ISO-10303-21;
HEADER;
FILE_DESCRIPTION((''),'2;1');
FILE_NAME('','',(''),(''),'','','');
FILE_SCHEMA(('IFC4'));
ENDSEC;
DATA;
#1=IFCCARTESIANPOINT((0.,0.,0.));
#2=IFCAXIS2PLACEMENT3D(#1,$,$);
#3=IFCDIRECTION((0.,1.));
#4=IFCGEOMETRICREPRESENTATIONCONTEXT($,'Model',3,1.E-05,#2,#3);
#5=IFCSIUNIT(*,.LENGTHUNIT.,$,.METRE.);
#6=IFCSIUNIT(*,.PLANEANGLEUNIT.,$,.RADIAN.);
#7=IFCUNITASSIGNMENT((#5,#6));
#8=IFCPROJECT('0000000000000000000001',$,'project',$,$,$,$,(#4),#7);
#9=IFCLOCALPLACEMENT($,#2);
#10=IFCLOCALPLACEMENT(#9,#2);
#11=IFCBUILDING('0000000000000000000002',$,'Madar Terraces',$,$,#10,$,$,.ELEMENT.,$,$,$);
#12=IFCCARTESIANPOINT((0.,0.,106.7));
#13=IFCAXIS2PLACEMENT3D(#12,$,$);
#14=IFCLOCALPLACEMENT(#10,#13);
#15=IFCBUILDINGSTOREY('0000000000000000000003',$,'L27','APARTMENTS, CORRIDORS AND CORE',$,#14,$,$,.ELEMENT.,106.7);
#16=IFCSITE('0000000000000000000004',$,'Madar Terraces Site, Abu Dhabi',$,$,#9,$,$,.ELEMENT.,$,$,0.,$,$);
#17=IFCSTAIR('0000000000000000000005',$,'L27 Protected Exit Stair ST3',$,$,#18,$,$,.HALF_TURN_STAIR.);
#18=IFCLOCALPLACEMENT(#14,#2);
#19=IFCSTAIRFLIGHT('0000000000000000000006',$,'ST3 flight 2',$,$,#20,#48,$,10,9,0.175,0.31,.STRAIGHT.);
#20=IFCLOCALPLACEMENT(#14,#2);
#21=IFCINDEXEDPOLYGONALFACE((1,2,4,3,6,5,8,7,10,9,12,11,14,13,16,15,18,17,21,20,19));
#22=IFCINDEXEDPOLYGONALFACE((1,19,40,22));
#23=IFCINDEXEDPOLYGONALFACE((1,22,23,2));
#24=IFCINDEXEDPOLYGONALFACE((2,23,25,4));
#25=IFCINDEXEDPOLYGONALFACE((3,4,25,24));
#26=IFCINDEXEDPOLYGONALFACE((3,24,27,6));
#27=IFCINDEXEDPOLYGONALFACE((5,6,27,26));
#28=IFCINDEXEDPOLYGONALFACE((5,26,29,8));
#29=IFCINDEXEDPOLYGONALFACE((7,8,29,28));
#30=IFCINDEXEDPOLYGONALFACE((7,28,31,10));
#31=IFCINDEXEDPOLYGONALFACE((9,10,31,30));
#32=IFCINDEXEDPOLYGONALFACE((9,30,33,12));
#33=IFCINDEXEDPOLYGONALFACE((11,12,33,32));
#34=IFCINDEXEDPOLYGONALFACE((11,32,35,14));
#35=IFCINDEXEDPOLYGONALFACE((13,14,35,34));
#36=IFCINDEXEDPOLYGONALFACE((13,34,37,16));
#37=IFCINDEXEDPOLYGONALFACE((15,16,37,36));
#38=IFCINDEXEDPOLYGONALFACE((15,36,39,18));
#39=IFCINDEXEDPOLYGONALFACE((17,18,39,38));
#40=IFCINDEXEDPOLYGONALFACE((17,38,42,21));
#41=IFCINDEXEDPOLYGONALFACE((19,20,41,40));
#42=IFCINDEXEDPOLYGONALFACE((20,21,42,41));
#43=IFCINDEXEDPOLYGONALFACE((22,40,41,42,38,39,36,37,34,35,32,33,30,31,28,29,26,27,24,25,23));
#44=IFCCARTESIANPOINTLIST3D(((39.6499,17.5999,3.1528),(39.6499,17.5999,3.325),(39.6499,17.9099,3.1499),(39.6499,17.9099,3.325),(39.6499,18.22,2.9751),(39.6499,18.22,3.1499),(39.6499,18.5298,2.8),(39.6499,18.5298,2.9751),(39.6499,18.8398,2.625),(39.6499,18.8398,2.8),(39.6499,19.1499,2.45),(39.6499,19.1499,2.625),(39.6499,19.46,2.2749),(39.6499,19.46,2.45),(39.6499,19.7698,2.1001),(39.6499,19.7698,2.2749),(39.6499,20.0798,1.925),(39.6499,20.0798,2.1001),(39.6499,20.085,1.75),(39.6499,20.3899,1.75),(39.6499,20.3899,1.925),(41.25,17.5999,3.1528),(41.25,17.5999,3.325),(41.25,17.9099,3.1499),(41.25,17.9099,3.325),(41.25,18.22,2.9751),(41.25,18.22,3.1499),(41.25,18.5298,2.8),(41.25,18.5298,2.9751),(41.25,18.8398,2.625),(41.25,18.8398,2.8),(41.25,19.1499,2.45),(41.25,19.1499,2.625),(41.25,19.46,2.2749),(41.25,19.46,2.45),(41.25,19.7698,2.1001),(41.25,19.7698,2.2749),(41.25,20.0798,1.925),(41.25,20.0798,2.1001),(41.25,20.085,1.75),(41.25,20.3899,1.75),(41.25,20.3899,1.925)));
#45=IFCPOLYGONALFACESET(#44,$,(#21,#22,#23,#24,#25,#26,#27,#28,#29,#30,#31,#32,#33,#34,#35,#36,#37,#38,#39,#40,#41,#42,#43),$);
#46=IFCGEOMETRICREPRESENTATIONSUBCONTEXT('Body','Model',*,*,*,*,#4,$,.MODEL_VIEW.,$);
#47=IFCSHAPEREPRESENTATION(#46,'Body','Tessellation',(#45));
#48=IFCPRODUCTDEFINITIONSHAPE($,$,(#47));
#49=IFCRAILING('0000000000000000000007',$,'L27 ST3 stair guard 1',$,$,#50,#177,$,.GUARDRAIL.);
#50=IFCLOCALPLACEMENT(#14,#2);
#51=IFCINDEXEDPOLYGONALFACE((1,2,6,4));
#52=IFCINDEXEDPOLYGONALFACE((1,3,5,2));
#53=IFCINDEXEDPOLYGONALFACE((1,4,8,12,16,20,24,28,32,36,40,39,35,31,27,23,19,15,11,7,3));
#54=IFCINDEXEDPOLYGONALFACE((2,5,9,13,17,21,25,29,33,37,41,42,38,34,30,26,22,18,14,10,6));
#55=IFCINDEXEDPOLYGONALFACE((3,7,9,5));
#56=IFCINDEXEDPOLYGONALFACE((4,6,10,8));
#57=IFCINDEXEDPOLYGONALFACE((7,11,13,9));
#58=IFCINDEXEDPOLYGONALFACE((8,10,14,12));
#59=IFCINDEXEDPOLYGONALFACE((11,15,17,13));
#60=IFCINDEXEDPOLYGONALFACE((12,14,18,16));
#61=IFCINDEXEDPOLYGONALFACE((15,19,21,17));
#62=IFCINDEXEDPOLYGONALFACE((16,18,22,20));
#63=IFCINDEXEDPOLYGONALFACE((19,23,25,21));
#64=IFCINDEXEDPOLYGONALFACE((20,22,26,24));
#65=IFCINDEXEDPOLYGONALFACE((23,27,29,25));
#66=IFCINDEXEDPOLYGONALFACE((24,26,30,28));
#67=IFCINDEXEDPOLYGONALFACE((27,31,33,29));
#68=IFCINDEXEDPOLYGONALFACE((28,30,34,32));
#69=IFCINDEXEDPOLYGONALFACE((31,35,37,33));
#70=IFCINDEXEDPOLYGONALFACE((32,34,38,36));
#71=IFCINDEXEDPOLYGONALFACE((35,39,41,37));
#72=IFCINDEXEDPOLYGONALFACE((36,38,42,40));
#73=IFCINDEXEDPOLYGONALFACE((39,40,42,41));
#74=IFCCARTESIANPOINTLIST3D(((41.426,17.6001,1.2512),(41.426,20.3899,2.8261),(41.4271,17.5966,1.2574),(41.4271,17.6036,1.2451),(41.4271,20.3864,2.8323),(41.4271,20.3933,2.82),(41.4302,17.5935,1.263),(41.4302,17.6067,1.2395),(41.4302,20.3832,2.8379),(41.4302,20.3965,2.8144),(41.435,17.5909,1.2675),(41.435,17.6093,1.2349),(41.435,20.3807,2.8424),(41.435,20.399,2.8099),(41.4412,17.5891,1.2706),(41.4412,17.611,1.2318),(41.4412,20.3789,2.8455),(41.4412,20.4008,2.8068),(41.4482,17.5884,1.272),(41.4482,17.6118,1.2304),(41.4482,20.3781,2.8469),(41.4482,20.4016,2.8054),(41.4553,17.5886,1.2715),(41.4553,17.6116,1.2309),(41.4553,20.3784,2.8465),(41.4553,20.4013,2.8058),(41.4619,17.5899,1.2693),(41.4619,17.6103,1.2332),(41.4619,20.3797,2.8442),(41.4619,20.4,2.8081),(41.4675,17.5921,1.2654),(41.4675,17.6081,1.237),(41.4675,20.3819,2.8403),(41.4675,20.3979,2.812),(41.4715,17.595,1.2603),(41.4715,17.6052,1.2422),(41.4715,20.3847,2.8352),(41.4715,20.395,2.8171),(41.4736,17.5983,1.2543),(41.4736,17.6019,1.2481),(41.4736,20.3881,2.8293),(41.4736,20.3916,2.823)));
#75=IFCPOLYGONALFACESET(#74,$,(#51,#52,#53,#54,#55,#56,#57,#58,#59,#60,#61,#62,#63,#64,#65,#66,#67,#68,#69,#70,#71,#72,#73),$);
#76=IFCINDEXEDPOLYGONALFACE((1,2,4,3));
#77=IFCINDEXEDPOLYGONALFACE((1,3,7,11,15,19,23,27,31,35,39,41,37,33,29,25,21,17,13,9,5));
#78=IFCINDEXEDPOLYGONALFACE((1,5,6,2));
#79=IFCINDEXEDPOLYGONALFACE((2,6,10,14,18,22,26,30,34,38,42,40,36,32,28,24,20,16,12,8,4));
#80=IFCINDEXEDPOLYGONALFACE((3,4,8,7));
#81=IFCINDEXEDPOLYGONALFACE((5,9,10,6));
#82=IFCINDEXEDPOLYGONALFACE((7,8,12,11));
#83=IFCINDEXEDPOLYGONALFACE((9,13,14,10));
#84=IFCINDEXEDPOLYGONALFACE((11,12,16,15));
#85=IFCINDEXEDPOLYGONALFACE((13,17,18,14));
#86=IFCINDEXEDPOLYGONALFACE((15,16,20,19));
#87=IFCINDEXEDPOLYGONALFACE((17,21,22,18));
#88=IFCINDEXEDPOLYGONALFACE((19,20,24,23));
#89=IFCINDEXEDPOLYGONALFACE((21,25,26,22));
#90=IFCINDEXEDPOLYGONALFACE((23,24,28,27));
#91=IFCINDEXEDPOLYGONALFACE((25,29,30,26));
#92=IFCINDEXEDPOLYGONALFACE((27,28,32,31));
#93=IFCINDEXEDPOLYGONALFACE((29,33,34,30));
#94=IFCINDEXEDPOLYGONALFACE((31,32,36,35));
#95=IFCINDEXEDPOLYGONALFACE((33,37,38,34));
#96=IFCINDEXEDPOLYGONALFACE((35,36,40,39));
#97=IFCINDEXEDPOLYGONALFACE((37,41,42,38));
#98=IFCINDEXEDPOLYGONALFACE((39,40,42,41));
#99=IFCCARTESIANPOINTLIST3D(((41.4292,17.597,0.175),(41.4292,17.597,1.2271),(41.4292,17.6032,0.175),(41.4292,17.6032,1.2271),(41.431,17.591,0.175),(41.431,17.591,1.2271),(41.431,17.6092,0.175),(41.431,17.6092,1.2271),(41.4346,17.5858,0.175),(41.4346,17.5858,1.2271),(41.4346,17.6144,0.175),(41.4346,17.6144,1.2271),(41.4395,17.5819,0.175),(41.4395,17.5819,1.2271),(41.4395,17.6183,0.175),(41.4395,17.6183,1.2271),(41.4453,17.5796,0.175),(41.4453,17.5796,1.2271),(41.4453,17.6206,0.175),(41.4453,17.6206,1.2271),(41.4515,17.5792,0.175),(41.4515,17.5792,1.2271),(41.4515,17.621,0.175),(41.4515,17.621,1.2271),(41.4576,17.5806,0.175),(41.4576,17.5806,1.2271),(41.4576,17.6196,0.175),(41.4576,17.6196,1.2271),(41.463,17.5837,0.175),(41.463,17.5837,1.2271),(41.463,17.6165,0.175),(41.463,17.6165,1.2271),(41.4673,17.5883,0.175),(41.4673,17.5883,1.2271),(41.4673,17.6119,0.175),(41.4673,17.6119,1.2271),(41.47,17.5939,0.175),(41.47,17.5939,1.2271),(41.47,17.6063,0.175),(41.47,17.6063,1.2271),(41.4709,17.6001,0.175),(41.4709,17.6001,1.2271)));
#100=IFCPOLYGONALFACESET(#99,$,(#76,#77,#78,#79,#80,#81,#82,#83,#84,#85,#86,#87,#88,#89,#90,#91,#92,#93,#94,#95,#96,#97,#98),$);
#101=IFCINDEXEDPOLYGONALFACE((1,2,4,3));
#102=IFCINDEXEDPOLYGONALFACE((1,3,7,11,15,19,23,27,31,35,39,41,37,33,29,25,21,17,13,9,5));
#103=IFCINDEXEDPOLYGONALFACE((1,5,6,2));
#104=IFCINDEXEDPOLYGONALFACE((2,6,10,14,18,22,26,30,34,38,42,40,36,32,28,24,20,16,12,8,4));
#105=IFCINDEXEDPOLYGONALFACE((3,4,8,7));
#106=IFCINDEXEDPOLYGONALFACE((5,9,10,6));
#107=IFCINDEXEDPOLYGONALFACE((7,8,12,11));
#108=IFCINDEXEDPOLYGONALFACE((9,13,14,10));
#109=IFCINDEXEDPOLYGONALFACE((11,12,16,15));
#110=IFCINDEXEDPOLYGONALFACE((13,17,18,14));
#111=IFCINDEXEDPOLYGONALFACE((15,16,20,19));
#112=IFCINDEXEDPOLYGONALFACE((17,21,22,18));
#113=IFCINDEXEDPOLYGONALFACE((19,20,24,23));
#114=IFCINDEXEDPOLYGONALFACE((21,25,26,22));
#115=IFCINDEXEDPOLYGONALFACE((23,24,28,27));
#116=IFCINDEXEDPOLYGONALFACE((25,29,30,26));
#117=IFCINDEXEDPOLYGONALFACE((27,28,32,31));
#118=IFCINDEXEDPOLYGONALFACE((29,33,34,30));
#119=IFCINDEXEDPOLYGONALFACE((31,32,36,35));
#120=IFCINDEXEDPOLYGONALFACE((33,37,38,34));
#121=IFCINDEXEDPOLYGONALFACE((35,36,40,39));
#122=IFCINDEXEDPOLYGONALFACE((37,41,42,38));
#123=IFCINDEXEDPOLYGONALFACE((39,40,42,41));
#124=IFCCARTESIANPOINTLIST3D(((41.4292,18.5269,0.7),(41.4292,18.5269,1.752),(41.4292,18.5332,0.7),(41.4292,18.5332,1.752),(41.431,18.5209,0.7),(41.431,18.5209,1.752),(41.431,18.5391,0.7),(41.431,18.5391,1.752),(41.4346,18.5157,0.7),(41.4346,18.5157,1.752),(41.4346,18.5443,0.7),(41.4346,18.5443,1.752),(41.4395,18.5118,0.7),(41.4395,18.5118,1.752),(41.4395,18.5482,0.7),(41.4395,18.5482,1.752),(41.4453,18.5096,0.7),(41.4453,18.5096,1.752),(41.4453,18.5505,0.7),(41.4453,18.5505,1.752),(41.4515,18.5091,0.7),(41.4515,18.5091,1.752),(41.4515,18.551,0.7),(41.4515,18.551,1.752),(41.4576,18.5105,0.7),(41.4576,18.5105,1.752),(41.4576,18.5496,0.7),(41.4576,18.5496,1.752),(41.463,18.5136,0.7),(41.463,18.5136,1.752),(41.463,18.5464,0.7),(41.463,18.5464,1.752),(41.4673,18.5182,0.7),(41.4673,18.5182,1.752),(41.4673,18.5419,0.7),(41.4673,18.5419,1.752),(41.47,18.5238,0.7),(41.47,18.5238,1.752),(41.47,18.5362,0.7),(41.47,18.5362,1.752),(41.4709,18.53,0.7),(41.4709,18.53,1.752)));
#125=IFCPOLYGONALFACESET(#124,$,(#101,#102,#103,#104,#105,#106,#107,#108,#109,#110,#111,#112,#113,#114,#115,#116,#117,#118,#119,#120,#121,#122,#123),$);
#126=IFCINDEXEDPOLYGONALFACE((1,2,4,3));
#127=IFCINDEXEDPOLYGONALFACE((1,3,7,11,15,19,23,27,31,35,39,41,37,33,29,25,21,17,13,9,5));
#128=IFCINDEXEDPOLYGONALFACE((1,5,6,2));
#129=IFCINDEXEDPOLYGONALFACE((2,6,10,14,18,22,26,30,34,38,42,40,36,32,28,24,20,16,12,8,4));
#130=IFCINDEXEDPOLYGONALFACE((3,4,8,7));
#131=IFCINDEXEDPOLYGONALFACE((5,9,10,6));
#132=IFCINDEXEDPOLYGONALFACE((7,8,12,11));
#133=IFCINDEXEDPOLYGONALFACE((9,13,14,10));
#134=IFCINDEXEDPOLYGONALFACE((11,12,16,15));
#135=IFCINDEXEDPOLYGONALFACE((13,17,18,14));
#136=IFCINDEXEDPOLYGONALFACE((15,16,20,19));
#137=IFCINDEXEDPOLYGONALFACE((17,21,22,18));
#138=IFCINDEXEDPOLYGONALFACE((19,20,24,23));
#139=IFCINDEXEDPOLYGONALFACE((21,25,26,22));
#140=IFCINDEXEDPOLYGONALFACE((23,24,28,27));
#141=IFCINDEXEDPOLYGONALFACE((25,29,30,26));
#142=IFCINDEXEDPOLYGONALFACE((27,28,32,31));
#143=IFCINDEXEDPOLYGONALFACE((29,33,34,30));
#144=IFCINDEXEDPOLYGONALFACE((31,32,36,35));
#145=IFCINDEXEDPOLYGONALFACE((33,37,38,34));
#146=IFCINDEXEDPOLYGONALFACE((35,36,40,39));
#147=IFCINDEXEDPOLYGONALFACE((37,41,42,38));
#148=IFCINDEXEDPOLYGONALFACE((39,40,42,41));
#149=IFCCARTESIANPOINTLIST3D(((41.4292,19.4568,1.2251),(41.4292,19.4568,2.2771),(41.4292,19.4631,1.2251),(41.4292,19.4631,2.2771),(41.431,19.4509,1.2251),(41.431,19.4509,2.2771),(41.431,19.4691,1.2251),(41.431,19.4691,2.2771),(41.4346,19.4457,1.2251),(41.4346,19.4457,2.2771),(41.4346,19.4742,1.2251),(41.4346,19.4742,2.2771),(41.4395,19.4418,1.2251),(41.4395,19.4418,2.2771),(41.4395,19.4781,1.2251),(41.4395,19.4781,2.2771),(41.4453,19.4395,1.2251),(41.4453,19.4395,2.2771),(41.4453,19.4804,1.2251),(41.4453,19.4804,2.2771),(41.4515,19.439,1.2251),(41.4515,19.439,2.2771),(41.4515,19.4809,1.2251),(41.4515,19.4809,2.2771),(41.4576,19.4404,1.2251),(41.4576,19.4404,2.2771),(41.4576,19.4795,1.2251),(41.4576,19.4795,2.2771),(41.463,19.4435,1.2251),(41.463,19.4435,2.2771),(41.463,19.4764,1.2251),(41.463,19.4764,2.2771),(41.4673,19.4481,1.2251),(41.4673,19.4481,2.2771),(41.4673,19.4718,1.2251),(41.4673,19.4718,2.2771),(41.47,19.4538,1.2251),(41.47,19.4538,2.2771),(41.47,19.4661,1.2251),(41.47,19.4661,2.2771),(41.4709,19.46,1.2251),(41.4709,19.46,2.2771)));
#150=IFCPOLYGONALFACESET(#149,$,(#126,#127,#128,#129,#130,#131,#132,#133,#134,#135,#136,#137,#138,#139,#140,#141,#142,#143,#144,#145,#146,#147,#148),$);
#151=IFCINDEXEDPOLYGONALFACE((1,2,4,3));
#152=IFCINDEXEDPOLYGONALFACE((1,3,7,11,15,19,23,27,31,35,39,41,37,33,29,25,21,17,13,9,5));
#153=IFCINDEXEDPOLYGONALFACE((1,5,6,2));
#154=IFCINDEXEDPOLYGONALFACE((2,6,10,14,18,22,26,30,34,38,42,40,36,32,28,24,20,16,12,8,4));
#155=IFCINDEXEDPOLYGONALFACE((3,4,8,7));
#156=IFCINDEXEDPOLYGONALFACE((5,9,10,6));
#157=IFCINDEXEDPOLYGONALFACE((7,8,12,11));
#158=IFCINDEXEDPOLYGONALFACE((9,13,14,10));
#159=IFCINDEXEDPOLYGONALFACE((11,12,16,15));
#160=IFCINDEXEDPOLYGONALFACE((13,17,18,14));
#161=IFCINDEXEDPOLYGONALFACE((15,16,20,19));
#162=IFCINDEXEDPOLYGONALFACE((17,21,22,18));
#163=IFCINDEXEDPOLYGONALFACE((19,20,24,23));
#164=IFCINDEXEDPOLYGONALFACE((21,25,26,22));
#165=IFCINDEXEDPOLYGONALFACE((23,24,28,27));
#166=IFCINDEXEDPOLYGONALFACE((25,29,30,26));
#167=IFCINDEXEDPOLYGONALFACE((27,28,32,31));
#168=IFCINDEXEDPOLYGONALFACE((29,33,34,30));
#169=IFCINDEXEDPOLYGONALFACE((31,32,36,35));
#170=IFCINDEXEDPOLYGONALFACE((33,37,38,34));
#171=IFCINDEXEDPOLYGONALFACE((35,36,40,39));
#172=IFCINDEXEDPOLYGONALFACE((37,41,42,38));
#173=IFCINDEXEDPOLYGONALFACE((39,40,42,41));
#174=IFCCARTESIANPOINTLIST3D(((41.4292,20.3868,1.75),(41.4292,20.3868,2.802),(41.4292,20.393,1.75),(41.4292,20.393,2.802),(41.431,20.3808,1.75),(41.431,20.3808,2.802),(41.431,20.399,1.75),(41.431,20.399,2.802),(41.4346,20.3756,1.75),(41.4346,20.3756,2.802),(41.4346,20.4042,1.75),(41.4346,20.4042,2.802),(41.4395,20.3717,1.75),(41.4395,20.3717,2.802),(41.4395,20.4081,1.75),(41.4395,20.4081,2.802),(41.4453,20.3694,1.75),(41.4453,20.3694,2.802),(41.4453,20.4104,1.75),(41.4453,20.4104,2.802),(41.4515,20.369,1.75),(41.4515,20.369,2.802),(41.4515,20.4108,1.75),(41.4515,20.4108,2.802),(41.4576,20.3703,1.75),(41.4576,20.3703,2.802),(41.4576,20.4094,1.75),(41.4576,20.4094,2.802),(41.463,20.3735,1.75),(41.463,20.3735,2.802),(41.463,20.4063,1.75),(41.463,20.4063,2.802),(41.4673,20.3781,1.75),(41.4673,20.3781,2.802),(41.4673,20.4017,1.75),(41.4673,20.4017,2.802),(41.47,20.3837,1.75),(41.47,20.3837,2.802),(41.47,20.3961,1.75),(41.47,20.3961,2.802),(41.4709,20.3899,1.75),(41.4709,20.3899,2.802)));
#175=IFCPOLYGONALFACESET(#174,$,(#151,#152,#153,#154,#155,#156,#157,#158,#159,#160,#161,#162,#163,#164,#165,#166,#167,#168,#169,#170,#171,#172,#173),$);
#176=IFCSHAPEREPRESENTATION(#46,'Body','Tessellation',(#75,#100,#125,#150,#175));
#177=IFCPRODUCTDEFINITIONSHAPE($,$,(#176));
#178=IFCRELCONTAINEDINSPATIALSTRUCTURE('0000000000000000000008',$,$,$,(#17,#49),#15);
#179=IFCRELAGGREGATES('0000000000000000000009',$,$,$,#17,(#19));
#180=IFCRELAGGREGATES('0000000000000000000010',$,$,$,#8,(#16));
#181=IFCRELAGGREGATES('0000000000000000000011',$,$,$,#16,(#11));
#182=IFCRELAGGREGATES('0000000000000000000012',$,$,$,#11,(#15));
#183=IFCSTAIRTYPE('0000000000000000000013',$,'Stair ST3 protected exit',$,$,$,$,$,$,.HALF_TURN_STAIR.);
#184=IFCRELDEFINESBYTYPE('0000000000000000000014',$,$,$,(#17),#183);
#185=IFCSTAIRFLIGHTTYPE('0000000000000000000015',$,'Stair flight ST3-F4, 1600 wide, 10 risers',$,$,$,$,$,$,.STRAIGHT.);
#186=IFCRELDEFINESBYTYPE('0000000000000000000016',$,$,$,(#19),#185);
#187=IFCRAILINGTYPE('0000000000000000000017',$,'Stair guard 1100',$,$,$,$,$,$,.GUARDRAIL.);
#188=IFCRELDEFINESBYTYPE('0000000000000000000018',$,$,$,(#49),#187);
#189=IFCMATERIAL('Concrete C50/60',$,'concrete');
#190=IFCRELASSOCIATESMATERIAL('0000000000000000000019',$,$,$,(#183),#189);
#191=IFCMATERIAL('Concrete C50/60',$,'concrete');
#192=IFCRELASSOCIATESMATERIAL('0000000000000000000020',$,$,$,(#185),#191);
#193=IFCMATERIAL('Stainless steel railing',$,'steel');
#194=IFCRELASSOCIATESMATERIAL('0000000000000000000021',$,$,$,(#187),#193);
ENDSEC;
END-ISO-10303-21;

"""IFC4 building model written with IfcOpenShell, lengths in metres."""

from ifc_helpers import new_model, si_unit, direction, frame, origin, origin_2d, place, context, subcontext, project, spatial, polyline, circle, outline, extrude, material, type_object, element, aggregate, save


model = new_model("IFC4")

# Units and contexts
model_context = context("Model", 3, precision=1e-05, world=origin(), true_north=direction((0.0, 1.0)))
body_context = subcontext(model_context, "Body", "Model", "MODEL_VIEW")
ifc_project = project(units=[si_unit("LENGTHUNIT", "METRE"), si_unit("PLANEANGLEUNIT", "RADIAN")], contexts=[model_context])

# Site, building, storey
site_placement = place(None, origin())
site = spatial("IfcSite", under=ifc_project, at=site_placement, Name="Madar Terraces Site, Abu Dhabi", CompositionType="ELEMENT", RefElevation=0.0)
building_placement = place(site_placement, origin())
building = spatial("IfcBuilding", under=site, at=building_placement, Name="Madar Terraces", CompositionType="ELEMENT")
storey_placement = place(building_placement, frame((0.0, 0.0, 106.7)))
storey = spatial("IfcBuildingStorey", under=building, at=storey_placement, Name="L27", Description="APARTMENTS, CORRIDORS AND CORE", CompositionType="ELEMENT", Elevation=106.7)

# Stair, stair flight
ifc_material_1 = material(Name="Concrete C50/60", Category="concrete")
stair_type = type_object("IfcStairType", Name="Stair ST3 protected exit", PredefinedType="HALF_TURN_STAIR", material=ifc_material_1)
stair_placement = place(storey_placement, origin())
stair = element("IfcStair", 1, at=stair_placement, inside=storey, type_object=stair_type, Name="L27 Protected Exit Stair ST3", PredefinedType="HALF_TURN_STAIR")
ifc_material_2 = material(Name="Concrete C50/60", Category="concrete")
stair_flight_type = type_object("IfcStairFlightType", Name="Stair flight ST3-F4, 1600 wide, 10 risers", PredefinedType="STRAIGHT", material=ifc_material_2)
stair_flight_1_placement = place(storey_placement, frame((40.45, 20.3899, 1.75), z_axis=(0.0, 0.0, 1.0), x_axis=(0.0, -1.0, 0.0)))
stair_flight_1 = element("IfcStairFlight", 2, at=stair_flight_1_placement, type_object=stair_flight_type, Name="ST3 flight 2", NumberOfRisers=10, NumberOfTreads=9, PredefinedType="STRAIGHT", RiserHeight=0.175, TreadLength=0.31, context=body_context, shape_type="SweptSolid", body=[
    extrude(outline(polyline([(0.0, 0.0), (0.0, 0.175), (0.3101, 0.175), (0.3101, 0.3501), (0.6201, 0.3501), (0.6201, 0.5249), (0.9299, 0.5249), (0.9299, 0.7), (1.24, 0.7), (1.24, 0.875), (1.55, 0.875), (1.55, 1.05), (1.8601, 1.05), (1.8601, 1.2251), (2.1699, 1.2251), (2.1699, 1.3999), (2.48, 1.3999), (2.48, 1.575), (2.79, 1.575), (2.79, 1.75), (2.79, 1.4028), (0.3049, 0.0), (0.0, 0.0)])), frame((0.0, 0.8, 0.0), z_axis=(0.0, -1.0, 0.0), x_axis=(1.0, 0.0, 0.0)), (0.0, 0.0, 1.0), 1.6001),
])
aggregate(stair, [stair_flight_1])

# Railing
ifc_material_3 = material(Name="Stainless steel railing", Category="steel")
railing_type_1 = type_object("IfcRailingType", Name="Stair guard 1100", PredefinedType="GUARDRAIL", material=ifc_material_3)
railing_1_placement = place(storey_placement, frame((41.45, 17.6001, 0.175)))
element("IfcRailing", 3, at=railing_1_placement, inside=storey, type_object=railing_type_1, Name="L27 ST3 stair guard 1", PredefinedType="GUARDRAIL", context=body_context, shape_type="SweptSolid", body=[
    extrude(circle(Radius=0.0239, at=origin_2d()), frame((0.0, 0.0, 1.0762), z_axis=(0.0, 0.870815, 0.49161), x_axis=(-1.0, 0.0, 0.0)), (0.0, 0.0, 1.0), 3.2036),
    extrude(circle(Radius=0.021, at=origin_2d()), origin(), (0.0, 0.0, 1.0), 1.052),
    extrude(circle(Radius=0.021, at=origin_2d()), frame((0.0, 0.9299, 0.5249)), (0.0, 0.0, 1.0), 1.052),
    extrude(circle(Radius=0.021, at=origin_2d()), frame((0.0, 1.8599, 1.05)), (0.0, 0.0, 1.0), 1.052),
    extrude(circle(Radius=0.021, at=origin_2d()), frame((0.0, 2.7898, 1.575)), (0.0, 0.0, 1.0), 1.052),
])

save(model, "model.ifc")
